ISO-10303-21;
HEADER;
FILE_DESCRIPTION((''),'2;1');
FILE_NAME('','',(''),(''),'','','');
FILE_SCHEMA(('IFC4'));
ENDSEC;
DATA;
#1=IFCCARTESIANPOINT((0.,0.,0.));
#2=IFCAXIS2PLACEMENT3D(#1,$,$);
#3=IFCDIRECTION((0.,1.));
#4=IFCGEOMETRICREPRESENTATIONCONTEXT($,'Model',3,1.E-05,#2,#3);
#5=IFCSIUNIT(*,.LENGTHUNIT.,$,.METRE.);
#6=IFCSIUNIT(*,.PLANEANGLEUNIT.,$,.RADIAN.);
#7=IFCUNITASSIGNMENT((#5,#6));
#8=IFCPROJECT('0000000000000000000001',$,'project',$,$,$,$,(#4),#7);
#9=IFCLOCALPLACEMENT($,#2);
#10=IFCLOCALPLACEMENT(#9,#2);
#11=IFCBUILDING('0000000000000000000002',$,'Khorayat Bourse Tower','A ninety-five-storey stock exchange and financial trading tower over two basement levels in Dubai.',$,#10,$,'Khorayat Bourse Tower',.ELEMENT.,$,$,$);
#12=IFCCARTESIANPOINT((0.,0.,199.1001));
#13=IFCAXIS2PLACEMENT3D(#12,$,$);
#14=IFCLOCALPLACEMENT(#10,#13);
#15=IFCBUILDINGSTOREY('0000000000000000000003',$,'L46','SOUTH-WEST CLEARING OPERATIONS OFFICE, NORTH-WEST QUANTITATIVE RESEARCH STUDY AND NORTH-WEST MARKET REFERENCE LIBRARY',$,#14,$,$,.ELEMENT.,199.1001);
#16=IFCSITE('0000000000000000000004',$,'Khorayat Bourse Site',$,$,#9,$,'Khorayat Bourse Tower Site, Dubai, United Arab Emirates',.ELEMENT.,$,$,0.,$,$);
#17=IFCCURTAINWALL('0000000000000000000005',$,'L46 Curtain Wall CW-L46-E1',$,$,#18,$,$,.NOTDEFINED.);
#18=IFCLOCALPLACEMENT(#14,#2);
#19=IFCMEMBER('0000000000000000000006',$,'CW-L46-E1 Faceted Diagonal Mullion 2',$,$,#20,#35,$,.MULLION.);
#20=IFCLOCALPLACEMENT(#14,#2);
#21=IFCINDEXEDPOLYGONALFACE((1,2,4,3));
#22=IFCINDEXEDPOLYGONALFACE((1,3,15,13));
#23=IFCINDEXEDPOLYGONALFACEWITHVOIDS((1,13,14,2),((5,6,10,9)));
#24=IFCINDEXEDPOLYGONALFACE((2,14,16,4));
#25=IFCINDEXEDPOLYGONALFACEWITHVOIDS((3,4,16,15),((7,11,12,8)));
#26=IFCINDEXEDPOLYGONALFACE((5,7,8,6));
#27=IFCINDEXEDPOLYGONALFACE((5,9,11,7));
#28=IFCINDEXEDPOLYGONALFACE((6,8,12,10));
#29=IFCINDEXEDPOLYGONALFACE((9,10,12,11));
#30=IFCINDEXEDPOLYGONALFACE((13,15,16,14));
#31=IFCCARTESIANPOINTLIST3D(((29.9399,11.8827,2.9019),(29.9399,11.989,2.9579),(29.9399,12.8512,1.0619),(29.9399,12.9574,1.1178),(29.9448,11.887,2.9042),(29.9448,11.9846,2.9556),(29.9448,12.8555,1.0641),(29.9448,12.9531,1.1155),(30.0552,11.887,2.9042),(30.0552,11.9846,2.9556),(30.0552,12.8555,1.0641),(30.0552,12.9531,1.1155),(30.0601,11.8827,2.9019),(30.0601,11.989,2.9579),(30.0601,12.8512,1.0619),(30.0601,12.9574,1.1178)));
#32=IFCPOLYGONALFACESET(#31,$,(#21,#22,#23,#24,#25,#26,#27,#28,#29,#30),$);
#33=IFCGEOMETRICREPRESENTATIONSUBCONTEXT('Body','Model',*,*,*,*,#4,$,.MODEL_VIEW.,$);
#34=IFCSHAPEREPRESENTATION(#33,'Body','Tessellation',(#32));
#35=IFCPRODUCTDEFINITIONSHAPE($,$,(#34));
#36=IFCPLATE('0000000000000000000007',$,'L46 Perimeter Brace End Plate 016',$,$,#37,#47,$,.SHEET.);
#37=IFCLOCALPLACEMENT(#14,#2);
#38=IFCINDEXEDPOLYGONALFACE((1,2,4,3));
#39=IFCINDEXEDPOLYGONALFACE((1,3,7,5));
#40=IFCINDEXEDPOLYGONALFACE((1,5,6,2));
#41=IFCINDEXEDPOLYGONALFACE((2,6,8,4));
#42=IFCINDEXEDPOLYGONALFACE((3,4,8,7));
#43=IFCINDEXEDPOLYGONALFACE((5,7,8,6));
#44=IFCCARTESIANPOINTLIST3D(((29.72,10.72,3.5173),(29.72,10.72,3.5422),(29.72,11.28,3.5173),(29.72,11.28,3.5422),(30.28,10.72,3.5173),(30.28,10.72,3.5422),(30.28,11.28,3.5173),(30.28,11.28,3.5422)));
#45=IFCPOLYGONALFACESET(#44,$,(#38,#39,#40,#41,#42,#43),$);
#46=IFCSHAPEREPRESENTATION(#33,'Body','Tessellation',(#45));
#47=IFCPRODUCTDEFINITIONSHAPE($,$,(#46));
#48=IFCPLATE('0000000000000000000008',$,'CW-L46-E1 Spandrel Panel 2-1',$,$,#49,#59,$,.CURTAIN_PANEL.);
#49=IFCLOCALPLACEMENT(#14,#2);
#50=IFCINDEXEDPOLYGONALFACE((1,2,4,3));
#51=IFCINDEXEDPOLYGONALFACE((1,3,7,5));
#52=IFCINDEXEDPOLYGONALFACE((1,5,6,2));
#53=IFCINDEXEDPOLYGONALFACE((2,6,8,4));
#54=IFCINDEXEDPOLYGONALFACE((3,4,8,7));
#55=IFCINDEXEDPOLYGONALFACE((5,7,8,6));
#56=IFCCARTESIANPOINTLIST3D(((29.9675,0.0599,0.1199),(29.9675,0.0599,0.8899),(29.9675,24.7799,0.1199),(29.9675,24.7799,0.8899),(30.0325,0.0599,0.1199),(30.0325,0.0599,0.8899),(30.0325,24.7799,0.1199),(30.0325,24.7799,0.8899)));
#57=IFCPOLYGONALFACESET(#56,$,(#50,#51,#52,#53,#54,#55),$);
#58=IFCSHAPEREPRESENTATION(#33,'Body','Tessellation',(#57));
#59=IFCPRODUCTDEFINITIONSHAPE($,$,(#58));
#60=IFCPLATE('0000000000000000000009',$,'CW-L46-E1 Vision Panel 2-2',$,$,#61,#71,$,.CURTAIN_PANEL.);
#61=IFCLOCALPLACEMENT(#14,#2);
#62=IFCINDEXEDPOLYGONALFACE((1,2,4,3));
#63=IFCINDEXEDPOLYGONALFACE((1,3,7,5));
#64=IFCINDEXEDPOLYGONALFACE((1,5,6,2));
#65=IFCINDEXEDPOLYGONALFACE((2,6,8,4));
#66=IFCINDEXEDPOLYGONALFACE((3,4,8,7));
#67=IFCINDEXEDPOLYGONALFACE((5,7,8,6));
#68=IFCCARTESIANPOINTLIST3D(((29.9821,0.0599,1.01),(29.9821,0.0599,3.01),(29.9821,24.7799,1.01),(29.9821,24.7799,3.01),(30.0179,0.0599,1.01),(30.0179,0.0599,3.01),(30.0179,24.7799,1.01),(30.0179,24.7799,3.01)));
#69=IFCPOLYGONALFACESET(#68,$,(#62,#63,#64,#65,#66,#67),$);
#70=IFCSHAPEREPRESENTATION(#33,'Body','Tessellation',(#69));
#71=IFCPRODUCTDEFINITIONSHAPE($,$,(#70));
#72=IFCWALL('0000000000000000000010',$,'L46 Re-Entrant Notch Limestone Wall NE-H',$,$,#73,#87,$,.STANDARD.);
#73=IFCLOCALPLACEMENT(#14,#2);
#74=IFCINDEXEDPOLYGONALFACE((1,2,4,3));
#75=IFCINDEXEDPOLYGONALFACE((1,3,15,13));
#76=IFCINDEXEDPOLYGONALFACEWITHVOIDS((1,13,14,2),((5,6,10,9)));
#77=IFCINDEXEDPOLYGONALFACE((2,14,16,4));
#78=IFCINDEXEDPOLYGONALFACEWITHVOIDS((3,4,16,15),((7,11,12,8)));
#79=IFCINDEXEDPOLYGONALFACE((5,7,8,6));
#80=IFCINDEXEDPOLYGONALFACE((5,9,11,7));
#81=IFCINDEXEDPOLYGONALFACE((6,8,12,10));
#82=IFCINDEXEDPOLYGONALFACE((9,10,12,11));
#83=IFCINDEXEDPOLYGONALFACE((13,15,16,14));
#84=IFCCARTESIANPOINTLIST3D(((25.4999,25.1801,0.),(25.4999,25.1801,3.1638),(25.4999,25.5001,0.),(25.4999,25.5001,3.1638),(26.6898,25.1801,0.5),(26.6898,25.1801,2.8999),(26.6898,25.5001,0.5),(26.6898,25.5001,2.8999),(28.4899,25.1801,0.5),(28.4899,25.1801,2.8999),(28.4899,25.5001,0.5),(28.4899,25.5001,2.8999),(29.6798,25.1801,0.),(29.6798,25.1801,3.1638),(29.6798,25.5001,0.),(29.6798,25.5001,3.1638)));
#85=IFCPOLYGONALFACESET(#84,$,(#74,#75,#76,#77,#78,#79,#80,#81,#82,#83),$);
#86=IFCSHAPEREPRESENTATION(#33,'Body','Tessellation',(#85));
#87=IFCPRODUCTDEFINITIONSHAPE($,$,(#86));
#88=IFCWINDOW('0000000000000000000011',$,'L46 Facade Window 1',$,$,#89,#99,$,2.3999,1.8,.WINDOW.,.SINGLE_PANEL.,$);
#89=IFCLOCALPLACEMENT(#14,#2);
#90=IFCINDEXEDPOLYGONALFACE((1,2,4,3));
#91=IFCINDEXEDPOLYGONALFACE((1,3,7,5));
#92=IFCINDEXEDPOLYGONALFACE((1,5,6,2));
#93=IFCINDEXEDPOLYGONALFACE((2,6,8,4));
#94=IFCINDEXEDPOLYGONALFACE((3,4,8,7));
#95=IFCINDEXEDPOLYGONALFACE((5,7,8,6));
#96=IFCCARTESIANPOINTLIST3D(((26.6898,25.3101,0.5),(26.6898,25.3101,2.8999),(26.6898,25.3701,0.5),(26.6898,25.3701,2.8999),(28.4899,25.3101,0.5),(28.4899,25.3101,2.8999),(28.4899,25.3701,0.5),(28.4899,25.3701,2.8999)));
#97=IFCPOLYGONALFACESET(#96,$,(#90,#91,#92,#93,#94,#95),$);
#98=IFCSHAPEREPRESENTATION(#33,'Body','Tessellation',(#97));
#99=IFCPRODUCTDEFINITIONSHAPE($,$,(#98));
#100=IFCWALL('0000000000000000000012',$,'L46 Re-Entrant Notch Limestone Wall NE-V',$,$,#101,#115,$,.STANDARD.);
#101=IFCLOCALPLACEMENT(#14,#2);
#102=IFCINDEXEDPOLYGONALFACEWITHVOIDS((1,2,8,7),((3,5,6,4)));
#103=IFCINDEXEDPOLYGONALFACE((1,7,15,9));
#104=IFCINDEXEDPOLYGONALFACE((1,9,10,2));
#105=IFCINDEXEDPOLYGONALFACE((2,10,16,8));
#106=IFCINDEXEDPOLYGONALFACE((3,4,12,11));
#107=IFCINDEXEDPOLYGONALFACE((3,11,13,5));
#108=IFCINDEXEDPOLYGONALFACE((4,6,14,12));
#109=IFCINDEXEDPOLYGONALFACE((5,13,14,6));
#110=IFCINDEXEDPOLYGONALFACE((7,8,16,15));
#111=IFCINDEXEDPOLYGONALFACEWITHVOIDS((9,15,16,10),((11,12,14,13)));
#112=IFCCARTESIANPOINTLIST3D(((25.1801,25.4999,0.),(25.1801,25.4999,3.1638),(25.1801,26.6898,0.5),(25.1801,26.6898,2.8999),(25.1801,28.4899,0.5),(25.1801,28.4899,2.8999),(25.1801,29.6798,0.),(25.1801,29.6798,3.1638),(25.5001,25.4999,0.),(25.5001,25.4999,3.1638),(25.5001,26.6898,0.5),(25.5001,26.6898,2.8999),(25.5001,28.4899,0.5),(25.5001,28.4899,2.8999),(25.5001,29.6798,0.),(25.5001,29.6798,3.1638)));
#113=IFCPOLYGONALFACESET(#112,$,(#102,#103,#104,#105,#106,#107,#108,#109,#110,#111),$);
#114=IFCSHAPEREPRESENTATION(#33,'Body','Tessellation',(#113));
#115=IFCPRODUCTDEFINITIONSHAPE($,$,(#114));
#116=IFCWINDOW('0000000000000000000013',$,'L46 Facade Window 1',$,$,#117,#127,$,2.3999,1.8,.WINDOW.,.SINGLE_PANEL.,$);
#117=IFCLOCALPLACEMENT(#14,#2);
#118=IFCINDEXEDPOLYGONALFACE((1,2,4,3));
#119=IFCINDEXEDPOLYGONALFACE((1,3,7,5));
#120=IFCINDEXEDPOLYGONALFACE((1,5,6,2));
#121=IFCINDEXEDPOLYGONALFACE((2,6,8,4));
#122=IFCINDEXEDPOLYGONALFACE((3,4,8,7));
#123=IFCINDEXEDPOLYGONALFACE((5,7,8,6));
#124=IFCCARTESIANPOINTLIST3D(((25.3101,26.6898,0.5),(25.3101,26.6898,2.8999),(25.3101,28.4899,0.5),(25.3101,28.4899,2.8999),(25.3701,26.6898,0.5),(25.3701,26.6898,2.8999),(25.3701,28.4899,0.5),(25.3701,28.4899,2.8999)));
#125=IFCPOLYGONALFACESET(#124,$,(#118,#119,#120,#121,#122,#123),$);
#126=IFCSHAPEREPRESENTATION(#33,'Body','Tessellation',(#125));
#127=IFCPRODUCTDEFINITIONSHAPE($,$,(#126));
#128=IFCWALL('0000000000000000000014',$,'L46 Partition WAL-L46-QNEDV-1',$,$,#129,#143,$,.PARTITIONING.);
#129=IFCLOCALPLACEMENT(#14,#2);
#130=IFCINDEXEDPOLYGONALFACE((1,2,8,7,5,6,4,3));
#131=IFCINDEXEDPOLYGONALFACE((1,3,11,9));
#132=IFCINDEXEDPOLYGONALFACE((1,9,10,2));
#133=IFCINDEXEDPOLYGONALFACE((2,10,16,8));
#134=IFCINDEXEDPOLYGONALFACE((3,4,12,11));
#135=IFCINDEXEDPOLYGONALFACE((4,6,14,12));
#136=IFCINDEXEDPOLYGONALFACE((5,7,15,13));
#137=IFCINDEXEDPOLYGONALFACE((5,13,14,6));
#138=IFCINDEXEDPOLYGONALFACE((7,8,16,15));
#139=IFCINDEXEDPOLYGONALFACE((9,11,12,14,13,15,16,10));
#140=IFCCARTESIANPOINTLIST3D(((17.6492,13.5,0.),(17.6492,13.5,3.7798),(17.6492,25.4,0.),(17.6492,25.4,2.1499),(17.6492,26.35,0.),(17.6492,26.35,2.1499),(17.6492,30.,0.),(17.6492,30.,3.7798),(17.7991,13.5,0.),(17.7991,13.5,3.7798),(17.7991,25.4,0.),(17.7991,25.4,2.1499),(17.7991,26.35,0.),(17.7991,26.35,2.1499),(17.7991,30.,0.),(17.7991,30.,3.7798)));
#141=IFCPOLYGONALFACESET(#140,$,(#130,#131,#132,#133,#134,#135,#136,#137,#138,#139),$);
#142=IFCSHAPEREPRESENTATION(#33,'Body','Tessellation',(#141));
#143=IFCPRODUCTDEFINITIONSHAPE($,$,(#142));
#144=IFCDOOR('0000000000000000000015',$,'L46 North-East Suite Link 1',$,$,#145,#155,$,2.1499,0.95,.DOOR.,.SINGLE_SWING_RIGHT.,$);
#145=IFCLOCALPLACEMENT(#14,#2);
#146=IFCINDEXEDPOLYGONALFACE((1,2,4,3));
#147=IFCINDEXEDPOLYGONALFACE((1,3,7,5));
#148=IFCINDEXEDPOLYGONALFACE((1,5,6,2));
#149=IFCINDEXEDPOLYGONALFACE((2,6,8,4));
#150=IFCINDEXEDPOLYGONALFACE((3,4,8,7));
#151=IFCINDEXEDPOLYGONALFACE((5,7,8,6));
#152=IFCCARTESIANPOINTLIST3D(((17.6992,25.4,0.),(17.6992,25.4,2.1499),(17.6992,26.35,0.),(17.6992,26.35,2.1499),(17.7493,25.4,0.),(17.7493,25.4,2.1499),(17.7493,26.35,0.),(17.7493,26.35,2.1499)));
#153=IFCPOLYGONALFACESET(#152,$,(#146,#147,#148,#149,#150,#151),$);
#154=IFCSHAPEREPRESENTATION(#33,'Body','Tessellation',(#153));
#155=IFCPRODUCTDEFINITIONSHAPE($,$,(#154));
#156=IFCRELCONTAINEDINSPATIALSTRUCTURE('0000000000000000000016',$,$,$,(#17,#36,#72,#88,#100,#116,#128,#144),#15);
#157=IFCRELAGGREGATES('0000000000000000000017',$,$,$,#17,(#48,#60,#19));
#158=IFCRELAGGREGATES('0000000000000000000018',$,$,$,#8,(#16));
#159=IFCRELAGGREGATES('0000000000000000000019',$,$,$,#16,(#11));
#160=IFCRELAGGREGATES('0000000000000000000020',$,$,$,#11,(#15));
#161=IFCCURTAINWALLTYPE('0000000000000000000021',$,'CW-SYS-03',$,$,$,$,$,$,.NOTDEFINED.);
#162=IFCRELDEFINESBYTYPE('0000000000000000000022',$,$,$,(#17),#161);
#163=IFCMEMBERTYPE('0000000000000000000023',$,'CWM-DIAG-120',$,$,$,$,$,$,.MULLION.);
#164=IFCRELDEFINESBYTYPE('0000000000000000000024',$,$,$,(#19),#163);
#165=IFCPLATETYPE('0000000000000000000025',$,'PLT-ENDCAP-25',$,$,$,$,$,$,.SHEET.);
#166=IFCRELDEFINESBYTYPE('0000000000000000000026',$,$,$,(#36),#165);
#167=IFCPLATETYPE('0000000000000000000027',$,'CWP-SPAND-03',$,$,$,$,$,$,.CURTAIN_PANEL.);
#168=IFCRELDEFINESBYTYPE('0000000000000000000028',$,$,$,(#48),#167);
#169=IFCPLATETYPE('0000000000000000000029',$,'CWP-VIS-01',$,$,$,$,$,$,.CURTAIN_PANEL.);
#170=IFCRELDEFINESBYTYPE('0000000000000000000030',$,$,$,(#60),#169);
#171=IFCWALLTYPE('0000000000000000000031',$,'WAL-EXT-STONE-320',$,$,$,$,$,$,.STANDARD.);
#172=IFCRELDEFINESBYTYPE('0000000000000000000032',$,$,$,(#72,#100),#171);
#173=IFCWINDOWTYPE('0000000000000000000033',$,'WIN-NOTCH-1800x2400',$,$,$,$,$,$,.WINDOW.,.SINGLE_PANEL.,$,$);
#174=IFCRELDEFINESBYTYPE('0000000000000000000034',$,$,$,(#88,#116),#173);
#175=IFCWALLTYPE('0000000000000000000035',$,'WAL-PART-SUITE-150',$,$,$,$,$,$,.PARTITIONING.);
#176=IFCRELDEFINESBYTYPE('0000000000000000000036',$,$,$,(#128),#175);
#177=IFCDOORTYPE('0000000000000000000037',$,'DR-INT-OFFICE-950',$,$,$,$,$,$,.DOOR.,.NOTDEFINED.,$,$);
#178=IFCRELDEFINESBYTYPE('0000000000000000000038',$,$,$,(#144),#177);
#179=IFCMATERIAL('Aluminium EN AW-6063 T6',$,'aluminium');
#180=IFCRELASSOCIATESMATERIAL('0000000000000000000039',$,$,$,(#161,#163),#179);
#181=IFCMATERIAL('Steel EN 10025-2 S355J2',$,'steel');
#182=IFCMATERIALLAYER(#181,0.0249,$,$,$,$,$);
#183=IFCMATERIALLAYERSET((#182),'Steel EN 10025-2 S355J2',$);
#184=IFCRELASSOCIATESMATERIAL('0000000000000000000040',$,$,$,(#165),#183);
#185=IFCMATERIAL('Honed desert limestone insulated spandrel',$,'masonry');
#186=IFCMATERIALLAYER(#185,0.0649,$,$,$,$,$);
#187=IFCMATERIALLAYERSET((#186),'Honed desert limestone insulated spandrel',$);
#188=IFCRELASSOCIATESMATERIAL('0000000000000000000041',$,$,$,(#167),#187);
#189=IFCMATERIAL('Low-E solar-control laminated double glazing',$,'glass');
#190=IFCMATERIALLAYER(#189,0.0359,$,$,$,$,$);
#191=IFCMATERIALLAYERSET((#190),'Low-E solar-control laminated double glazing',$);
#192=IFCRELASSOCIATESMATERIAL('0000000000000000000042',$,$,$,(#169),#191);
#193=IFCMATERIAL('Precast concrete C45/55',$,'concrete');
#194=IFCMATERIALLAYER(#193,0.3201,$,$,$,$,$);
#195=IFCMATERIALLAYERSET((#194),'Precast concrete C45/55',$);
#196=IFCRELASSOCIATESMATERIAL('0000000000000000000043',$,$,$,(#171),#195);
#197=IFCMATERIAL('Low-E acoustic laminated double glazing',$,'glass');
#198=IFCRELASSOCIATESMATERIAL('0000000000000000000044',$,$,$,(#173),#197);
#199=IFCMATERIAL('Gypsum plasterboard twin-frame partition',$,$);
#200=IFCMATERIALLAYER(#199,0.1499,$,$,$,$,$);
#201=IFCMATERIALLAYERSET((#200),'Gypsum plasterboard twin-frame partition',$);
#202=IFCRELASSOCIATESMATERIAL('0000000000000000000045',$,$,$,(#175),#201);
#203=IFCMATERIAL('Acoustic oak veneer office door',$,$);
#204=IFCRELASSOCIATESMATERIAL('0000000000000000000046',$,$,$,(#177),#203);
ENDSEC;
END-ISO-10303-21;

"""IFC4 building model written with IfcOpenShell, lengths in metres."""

from ifc_helpers import new_model, si_unit, direction, frame, frame_2d, origin, origin_2d, place, context, subcontext, project, spatial, rectangle, hollow_rectangle, extrude, source, transform, mapped, material, layer, layer_set, material_profile, profile_set, type_object, element, fill, aggregate, save


model = new_model("IFC4")

# Units and contexts
model_context = context("Model", 3, precision=1e-05, world=origin(), true_north=direction((0.0, 1.0)))
body_context = subcontext(model_context, "Body", "Model", "MODEL_VIEW")
ifc_project = project(units=[si_unit("LENGTHUNIT", "METRE"), si_unit("PLANEANGLEUNIT", "RADIAN")], contexts=[model_context])

# Site, building, storey
site_placement = place(None, origin())
site = spatial("IfcSite", under=ifc_project, at=site_placement, Name="Khorayat Bourse Site", LongName="Khorayat Bourse Tower Site, Dubai, United Arab Emirates", CompositionType="ELEMENT", RefElevation=0.0)
building_placement = place(site_placement, origin())
building = spatial("IfcBuilding", under=site, at=building_placement, Name="Khorayat Bourse Tower", Description="A ninety-five-storey stock exchange and financial trading tower over two basement levels in Dubai.", LongName="Khorayat Bourse Tower", CompositionType="ELEMENT")
storey_placement = place(building_placement, frame((0.0, 0.0, 199.1001)))
storey = spatial("IfcBuildingStorey", under=building, at=storey_placement, Name="L46", Description="SOUTH-WEST CLEARING OPERATIONS OFFICE, NORTH-WEST QUANTITATIVE RESEARCH STUDY AND NORTH-WEST MARKET REFERENCE LIBRARY", CompositionType="ELEMENT", Elevation=199.1001)

# Shared definitions
ifc_material_1 = material(Name="Aluminium EN AW-6063 T6", Category="aluminium")
curtain_wall_type = type_object("IfcCurtainWallType", Name="CW-SYS-03", PredefinedType="NOTDEFINED", material=ifc_material_1)

# Curtain wall, member
curtain_wall_1_placement = place(storey_placement, origin())
curtain_wall_1 = element("IfcCurtainWall", 1, at=curtain_wall_1_placement, inside=storey, type_object=curtain_wall_type, Name="L46 Curtain Wall CW-L46-E1", PredefinedType="NOTDEFINED")
ifc_material_profile_1 = material_profile(ifc_material_1, hollow_rectangle(XDim=0.1201, YDim=0.1201, WallThickness=0.0049, at=origin_2d()), Name="ALU 120x120x5")
ifc_profile_set_1 = profile_set([ifc_material_profile_1], Name="Aluminium EN AW-6063 T6")
member_type_1 = type_object("IfcMemberType", Name="CWM-DIAG-120", PredefinedType="MULLION", material=ifc_profile_set_1)
shared_shape_1 = source(origin(), body_context, "Body", "SweptSolid", [
    extrude(hollow_rectangle(XDim=0.1201, YDim=0.1201, WallThickness=0.0049, at=origin_2d()), origin(), (0.0, 0.0, 1.0), 2.0793),
])
member_1_placement = place(storey_placement, frame((30.0, 12.9043, 1.0898), z_axis=(0.0, -0.465761, 0.884911), x_axis=(1.0, 0.0, 0.0)))
member_1 = element("IfcMember", 2, at=member_1_placement, type_object=member_type_1, Name="CW-L46-E1 Faceted Diagonal Mullion 2", PredefinedType="MULLION", context=body_context, shape_type="MappedRepresentation", body=[
    mapped(shared_shape_1, transform((0.0, 0.0, 0.0), scale=1.0)),
])

# Plates
ifc_material_2 = material(Name="Steel EN 10025-2 S355J2", Category="steel")
ifc_layer_1 = layer(ifc_material_2, 0.0249)
ifc_layer_set_1 = layer_set([ifc_layer_1], Name="Steel EN 10025-2 S355J2")
plate_type_1 = type_object("IfcPlateType", Name="PLT-ENDCAP-25", PredefinedType="SHEET", material=ifc_layer_set_1)
shared_shape_2 = source(origin(), body_context, "Body", "SweptSolid", [
    extrude(rectangle(XDim=0.5601, YDim=0.5601, at=origin_2d()), origin(), (0.0, 0.0, 1.0), 0.0249),
])
plate_1_placement = place(storey_placement, frame((30.0, 11.0, 3.5173), z_axis=(0.0, 0.0, 1.0), x_axis=(1.0, 0.0, 0.0)))
element("IfcPlate", 3, at=plate_1_placement, inside=storey, type_object=plate_type_1, Name="L46 Perimeter Brace End Plate 016", PredefinedType="SHEET", context=body_context, shape_type="MappedRepresentation", body=[
    mapped(shared_shape_2, transform((0.0, 0.0, 0.0), scale=1.0)),
])
ifc_material_3 = material(Name="Honed desert limestone insulated spandrel", Category="masonry")
ifc_layer_2 = layer(ifc_material_3, 0.0649)
ifc_layer_set_2 = layer_set([ifc_layer_2], Name="Honed desert limestone insulated spandrel")
plate_type_2 = type_object("IfcPlateType", Name="CWP-SPAND-03", PredefinedType="CURTAIN_PANEL", material=ifc_layer_set_2)
shared_shape_3 = source(origin(), body_context, "Body", "SweptSolid", [
    extrude(rectangle(XDim=24.72, YDim=0.0649, at=origin_2d()), origin(), (0.0, 0.0, 1.0), 0.77),
])
plate_2_placement = place(storey_placement, frame((30.0, 12.4199, 0.1199), z_axis=(0.0, 0.0, 1.0), x_axis=(0.0, 1.0, 0.0)))
plate_2 = element("IfcPlate", 4, at=plate_2_placement, type_object=plate_type_2, Name="CW-L46-E1 Spandrel Panel 2-1", PredefinedType="CURTAIN_PANEL", context=body_context, shape_type="MappedRepresentation", body=[
    mapped(shared_shape_3, transform((0.0, 0.0, 0.0), scale=1.0)),
])
ifc_material_4 = material(Name="Low-E solar-control laminated double glazing", Category="glass")
ifc_layer_3 = layer(ifc_material_4, 0.0359)
ifc_layer_set_3 = layer_set([ifc_layer_3], Name="Low-E solar-control laminated double glazing")
plate_type_3 = type_object("IfcPlateType", Name="CWP-VIS-01", PredefinedType="CURTAIN_PANEL", material=ifc_layer_set_3)
shared_shape_4 = source(origin(), body_context, "Body", "SweptSolid", [
    extrude(rectangle(XDim=24.72, YDim=0.0359, at=origin_2d()), origin(), (0.0, 0.0, 1.0), 2.0),
])
plate_3_placement = place(storey_placement, frame((30.0, 12.4199, 1.01), z_axis=(0.0, 0.0, 1.0), x_axis=(0.0, 1.0, 0.0)))
plate_3 = element("IfcPlate", 5, at=plate_3_placement, type_object=plate_type_3, Name="CW-L46-E1 Vision Panel 2-2", PredefinedType="CURTAIN_PANEL", context=body_context, shape_type="MappedRepresentation", body=[
    mapped(shared_shape_4, transform((0.0, 0.0, 0.0), scale=1.0)),
])
aggregate(curtain_wall_1, [plate_2, plate_3, member_1])

# Walls, openings, windows
ifc_material_5 = material(Name="Precast concrete C45/55", Category="concrete")
ifc_layer_4 = layer(ifc_material_5, 0.3201)
ifc_layer_set_4 = layer_set([ifc_layer_4], Name="Precast concrete C45/55")
wall_type_1 = type_object("IfcWallType", Name="WAL-EXT-STONE-320", PredefinedType="STANDARD", material=ifc_layer_set_4)
shared_shape_5 = source(origin(), body_context, "Body", "SweptSolid", [
    extrude(rectangle(XDim=4.1799, YDim=0.3201, at=frame_2d((2.0898, 0.0))), origin(), (0.0, 0.0, 1.0), 3.1638),
])
wall_1_placement = place(storey_placement, frame((25.5, 25.3401, 0.0), z_axis=(0.0, 0.0, 1.0), x_axis=(1.0, 0.0, 0.0)))
wall_1 = element("IfcWall", 6, at=wall_1_placement, inside=storey, type_object=wall_type_1, Name="L46 Re-Entrant Notch Limestone Wall NE-H", PredefinedType="STANDARD", context=body_context, shape_type="MappedRepresentation", body=[
    mapped(shared_shape_5, transform((0.0, 0.0, 0.0), scale=1.0)),
])
shared_shape_6 = source(origin(), body_context, "Body", "SweptSolid", [
    extrude(rectangle(XDim=1.8, YDim=2.3999, at=frame_2d((0.8999, 1.2))), frame((0.0, 0.1699, 0.0), z_axis=(0.0, -1.0, 0.0), x_axis=(1.0, 0.0, 0.0)), (0.0, 0.0, 1.0), 0.3401),
])
opening_1_placement = place(wall_1_placement, frame((1.1899, 0.0, 0.5)))
opening_1 = element("IfcOpeningElement", 7, at=opening_1_placement, cuts=wall_1, PredefinedType="OPENING", context=body_context, shape_type="MappedRepresentation", body=[
    mapped(shared_shape_6, transform((0.0, 0.0, 0.0), scale=1.0)),
])
ifc_material_6 = material(Name="Low-E acoustic laminated double glazing", Category="glass")
window_type = type_object("IfcWindowType", Name="WIN-NOTCH-1800x2400", PartitioningType="SINGLE_PANEL", PredefinedType="WINDOW", material=ifc_material_6)
shared_shape_7 = source(origin(), body_context, "Body", "SweptSolid", [
    extrude(rectangle(XDim=1.8, YDim=2.3999, at=frame_2d((0.8999, 1.2))), frame((0.0, 0.03, 0.0), z_axis=(0.0, -1.0, 0.0), x_axis=(1.0, 0.0, 0.0)), (0.0, 0.0, 1.0), 0.0601),
])
window_1_placement = place(opening_1_placement, origin())
window_1 = element("IfcWindow", 8, at=window_1_placement, inside=storey, type_object=window_type, Name="L46 Facade Window 1", OverallHeight=2.3999, OverallWidth=1.8, PartitioningType="SINGLE_PANEL", PredefinedType="WINDOW", context=body_context, shape_type="MappedRepresentation", body=[
    mapped(shared_shape_7, transform((0.0, 0.0, 0.0), scale=1.0)),
])
fill(opening_1, window_1)
wall_2_placement = place(storey_placement, frame((25.3401, 25.5, 0.0), z_axis=(0.0, 0.0, 1.0), x_axis=(0.0, 1.0, 0.0)))
wall_2 = element("IfcWall", 9, at=wall_2_placement, inside=storey, type_object=wall_type_1, Name="L46 Re-Entrant Notch Limestone Wall NE-V", PredefinedType="STANDARD", context=body_context, shape_type="MappedRepresentation", body=[
    mapped(shared_shape_5, transform((0.0, 0.0, 0.0), scale=1.0)),
])
opening_2_placement = place(wall_2_placement, frame((1.1899, 0.0, 0.5)))
opening_2 = element("IfcOpeningElement", 10, at=opening_2_placement, cuts=wall_2, PredefinedType="OPENING", context=body_context, shape_type="MappedRepresentation", body=[
    mapped(shared_shape_6, transform((0.0, 0.0, 0.0), scale=1.0)),
])
window_2_placement = place(opening_2_placement, origin())
window_2 = element("IfcWindow", 11, at=window_2_placement, inside=storey, type_object=window_type, Name="L46 Facade Window 1", OverallHeight=2.3999, OverallWidth=1.8, PartitioningType="SINGLE_PANEL", PredefinedType="WINDOW", context=body_context, shape_type="MappedRepresentation", body=[
    mapped(shared_shape_7, transform((0.0, 0.0, 0.0), scale=1.0)),
])
fill(opening_2, window_2)

# Wall, opening, door
ifc_material_7 = material(Name="Gypsum plasterboard twin-frame partition")
ifc_layer_5 = layer(ifc_material_7, 0.1499)
ifc_layer_set_5 = layer_set([ifc_layer_5], Name="Gypsum plasterboard twin-frame partition")
wall_type_2 = type_object("IfcWallType", Name="WAL-PART-SUITE-150", PredefinedType="PARTITIONING", material=ifc_layer_set_5)
shared_shape_8 = source(origin(), body_context, "Body", "SweptSolid", [
    extrude(rectangle(XDim=16.5, YDim=0.1499, at=frame_2d((8.25, 0.0))), origin(), (0.0, 0.0, 1.0), 3.7798),
])
wall_3_placement = place(storey_placement, frame((17.7241, 13.5, 0.0), z_axis=(0.0, 0.0, 1.0), x_axis=(0.0, 1.0, 0.0)))
wall_3 = element("IfcWall", 12, at=wall_3_placement, inside=storey, type_object=wall_type_2, Name="L46 Partition WAL-L46-QNEDV-1", PredefinedType="PARTITIONING", context=body_context, shape_type="MappedRepresentation", body=[
    mapped(shared_shape_8, transform((0.0, 0.0, 0.0), scale=1.0)),
])
shared_shape_9 = source(origin(), body_context, "Body", "SweptSolid", [
    extrude(rectangle(XDim=0.95, YDim=2.1499, at=frame_2d((0.4751, 1.075))), frame((0.0, 0.085, 0.0), z_axis=(0.0, -1.0, 0.0), x_axis=(1.0, 0.0, 0.0)), (0.0, 0.0, 1.0), 0.1699),
])
opening_3_placement = place(wall_3_placement, frame((11.8999, 0.0, 0.0)))
opening_3 = element("IfcOpeningElement", 13, at=opening_3_placement, cuts=wall_3, PredefinedType="OPENING", context=body_context, shape_type="MappedRepresentation", body=[
    mapped(shared_shape_9, transform((0.0, 0.0, 0.0), scale=1.0)),
])
ifc_material_8 = material(Name="Acoustic oak veneer office door")
door_type = type_object("IfcDoorType", Name="DR-INT-OFFICE-950", OperationType="NOTDEFINED", PredefinedType="DOOR", material=ifc_material_8)
shared_shape_10 = source(origin(), body_context, "Body", "SweptSolid", [
    extrude(rectangle(XDim=0.95, YDim=2.1499, at=frame_2d((0.4751, 1.075))), frame((0.0, 0.0249, 0.0), z_axis=(0.0, -1.0, 0.0), x_axis=(1.0, 0.0, 0.0)), (0.0, 0.0, 1.0), 0.05),
])
door_placement = place(opening_3_placement, origin())
door = element("IfcDoor", 14, at=door_placement, inside=storey, type_object=door_type, Name="L46 North-East Suite Link 1", OperationType="SINGLE_SWING_RIGHT", OverallHeight=2.1499, OverallWidth=0.95, PredefinedType="DOOR", context=body_context, shape_type="MappedRepresentation", body=[
    mapped(shared_shape_10, transform((0.0, 0.0, 0.0), scale=1.0)),
])
fill(opening_3, door)

save(model, "model.ifc")
